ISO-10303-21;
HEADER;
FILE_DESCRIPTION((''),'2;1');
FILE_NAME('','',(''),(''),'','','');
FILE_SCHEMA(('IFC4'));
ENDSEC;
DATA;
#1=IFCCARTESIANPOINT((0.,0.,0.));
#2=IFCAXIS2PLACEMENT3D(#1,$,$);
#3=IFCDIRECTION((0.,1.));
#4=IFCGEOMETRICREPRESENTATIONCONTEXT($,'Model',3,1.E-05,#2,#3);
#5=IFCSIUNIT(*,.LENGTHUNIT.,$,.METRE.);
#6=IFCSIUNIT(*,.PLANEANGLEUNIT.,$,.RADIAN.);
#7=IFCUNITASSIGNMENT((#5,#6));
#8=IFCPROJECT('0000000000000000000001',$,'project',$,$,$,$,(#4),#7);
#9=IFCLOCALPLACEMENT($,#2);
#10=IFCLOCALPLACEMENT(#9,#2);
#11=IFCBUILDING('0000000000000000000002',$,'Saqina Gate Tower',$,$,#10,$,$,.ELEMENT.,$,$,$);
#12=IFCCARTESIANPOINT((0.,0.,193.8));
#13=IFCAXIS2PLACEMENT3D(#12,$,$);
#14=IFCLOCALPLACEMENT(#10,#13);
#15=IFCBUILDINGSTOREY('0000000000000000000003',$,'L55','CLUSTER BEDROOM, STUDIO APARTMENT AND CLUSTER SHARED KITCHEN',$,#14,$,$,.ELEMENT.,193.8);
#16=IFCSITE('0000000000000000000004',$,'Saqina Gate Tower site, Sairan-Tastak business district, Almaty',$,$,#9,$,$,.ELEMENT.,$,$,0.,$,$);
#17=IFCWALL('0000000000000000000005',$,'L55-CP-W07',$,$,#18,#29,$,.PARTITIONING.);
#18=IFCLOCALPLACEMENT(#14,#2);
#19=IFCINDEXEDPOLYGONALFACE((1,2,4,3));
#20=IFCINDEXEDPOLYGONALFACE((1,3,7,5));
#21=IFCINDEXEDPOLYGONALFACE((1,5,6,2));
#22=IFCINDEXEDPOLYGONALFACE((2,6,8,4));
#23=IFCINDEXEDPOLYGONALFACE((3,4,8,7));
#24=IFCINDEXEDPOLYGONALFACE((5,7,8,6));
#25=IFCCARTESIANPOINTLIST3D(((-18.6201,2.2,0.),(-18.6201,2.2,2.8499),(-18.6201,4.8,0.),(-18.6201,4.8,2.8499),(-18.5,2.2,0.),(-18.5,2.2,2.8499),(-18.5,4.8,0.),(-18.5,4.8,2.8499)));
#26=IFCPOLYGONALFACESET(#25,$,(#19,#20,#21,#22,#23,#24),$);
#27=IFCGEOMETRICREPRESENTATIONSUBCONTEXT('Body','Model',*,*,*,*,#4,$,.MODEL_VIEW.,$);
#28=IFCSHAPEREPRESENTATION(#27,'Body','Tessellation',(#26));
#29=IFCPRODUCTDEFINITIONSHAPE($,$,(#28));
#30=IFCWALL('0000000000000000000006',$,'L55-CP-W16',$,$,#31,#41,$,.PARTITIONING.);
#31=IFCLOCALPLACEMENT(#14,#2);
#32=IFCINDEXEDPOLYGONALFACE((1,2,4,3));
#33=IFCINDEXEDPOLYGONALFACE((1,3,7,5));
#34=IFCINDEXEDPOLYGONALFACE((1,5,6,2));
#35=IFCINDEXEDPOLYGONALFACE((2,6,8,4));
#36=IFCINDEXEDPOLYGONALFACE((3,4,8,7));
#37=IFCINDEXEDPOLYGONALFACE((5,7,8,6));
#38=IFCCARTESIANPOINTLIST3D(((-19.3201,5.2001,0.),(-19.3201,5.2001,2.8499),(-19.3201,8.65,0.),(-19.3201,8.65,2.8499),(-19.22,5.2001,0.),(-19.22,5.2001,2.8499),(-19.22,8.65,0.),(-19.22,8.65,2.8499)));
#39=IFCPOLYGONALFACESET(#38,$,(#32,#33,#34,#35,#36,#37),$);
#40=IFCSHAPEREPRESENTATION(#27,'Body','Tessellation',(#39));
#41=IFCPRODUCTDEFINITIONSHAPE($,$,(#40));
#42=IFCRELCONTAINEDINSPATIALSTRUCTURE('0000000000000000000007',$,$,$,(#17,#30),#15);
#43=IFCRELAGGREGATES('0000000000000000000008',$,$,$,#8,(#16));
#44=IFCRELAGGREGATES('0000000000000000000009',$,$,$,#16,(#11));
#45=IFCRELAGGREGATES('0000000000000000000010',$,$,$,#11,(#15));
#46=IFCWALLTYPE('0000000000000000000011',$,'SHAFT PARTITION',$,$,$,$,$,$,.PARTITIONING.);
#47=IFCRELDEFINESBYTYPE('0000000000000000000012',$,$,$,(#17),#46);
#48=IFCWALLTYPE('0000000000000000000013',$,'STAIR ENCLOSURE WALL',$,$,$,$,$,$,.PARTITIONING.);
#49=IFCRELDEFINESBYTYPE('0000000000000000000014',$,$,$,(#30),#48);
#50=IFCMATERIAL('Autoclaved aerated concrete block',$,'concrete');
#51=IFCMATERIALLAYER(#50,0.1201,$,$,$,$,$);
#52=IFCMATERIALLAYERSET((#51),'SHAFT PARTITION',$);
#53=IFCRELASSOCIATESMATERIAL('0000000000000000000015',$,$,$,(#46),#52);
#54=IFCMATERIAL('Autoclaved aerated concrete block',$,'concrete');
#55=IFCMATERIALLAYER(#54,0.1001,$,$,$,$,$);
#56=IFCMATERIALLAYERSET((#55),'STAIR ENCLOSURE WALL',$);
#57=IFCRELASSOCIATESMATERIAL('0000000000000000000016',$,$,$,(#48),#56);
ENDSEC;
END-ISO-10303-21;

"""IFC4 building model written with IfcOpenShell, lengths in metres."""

from ifc_helpers import new_model, si_unit, direction, frame, frame_2d, origin, place, context, subcontext, project, spatial, rectangle, extrude, material, layer, layer_set, type_object, element, save


model = new_model("IFC4")

# Units and contexts
model_context = context("Model", 3, precision=1e-05, world=origin(), true_north=direction((0.0, 1.0)))
body_context = subcontext(model_context, "Body", "Model", "MODEL_VIEW")
ifc_project = project(units=[si_unit("LENGTHUNIT", "METRE"), si_unit("PLANEANGLEUNIT", "RADIAN")], contexts=[model_context])

# Site, building, storey
site_placement = place(None, origin())
site = spatial("IfcSite", under=ifc_project, at=site_placement, Name="Saqina Gate Tower site, Sairan-Tastak business district, Almaty", CompositionType="ELEMENT", RefElevation=0.0)
building_placement = place(site_placement, origin())
building = spatial("IfcBuilding", under=site, at=building_placement, Name="Saqina Gate Tower", CompositionType="ELEMENT")
storey_placement = place(building_placement, frame((0.0, 0.0, 193.8)))
storey = spatial("IfcBuildingStorey", under=building, at=storey_placement, Name="L55", Description="CLUSTER BEDROOM, STUDIO APARTMENT AND CLUSTER SHARED KITCHEN", CompositionType="ELEMENT", Elevation=193.8)

# Walls
ifc_material_1 = material(Name="Autoclaved aerated concrete block", Category="concrete")
ifc_layer_1 = layer(ifc_material_1, 0.1201)
ifc_layer_set_1 = layer_set([ifc_layer_1], Name="SHAFT PARTITION")
wall_type_1 = type_object("IfcWallType", Name="SHAFT PARTITION", PredefinedType="PARTITIONING", material=ifc_layer_set_1)
wall_1_placement = place(storey_placement, frame((-18.5601, 2.2, 0.0), z_axis=(0.0, 0.0, 1.0), x_axis=(0.0, 1.0, 0.0)))
element("IfcWall", 1, at=wall_1_placement, inside=storey, type_object=wall_type_1, Name="L55-CP-W07", PredefinedType="PARTITIONING", context=body_context, shape_type="SweptSolid", body=[
    extrude(rectangle(XDim=2.6001, YDim=0.1201, at=frame_2d((1.3, 0.0))), origin(), (0.0, 0.0, 1.0), 2.8499),
])
ifc_material_2 = material(Name="Autoclaved aerated concrete block", Category="concrete")
ifc_layer_2 = layer(ifc_material_2, 0.1001)
ifc_layer_set_2 = layer_set([ifc_layer_2], Name="STAIR ENCLOSURE WALL")
wall_type_2 = type_object("IfcWallType", Name="STAIR ENCLOSURE WALL", PredefinedType="PARTITIONING", material=ifc_layer_set_2)
wall_2_placement = place(storey_placement, frame((-19.27, 5.2, 0.0), z_axis=(0.0, 0.0, 1.0), x_axis=(0.0, 1.0, 0.0)))
element("IfcWall", 2, at=wall_2_placement, inside=storey, type_object=wall_type_2, Name="L55-CP-W16", PredefinedType="PARTITIONING", context=body_context, shape_type="SweptSolid", body=[
    extrude(rectangle(XDim=3.45, YDim=0.1001, at=frame_2d((1.7251, 0.0))), origin(), (0.0, 0.0, 1.0), 2.8499),
])

save(model, "model.ifc")
